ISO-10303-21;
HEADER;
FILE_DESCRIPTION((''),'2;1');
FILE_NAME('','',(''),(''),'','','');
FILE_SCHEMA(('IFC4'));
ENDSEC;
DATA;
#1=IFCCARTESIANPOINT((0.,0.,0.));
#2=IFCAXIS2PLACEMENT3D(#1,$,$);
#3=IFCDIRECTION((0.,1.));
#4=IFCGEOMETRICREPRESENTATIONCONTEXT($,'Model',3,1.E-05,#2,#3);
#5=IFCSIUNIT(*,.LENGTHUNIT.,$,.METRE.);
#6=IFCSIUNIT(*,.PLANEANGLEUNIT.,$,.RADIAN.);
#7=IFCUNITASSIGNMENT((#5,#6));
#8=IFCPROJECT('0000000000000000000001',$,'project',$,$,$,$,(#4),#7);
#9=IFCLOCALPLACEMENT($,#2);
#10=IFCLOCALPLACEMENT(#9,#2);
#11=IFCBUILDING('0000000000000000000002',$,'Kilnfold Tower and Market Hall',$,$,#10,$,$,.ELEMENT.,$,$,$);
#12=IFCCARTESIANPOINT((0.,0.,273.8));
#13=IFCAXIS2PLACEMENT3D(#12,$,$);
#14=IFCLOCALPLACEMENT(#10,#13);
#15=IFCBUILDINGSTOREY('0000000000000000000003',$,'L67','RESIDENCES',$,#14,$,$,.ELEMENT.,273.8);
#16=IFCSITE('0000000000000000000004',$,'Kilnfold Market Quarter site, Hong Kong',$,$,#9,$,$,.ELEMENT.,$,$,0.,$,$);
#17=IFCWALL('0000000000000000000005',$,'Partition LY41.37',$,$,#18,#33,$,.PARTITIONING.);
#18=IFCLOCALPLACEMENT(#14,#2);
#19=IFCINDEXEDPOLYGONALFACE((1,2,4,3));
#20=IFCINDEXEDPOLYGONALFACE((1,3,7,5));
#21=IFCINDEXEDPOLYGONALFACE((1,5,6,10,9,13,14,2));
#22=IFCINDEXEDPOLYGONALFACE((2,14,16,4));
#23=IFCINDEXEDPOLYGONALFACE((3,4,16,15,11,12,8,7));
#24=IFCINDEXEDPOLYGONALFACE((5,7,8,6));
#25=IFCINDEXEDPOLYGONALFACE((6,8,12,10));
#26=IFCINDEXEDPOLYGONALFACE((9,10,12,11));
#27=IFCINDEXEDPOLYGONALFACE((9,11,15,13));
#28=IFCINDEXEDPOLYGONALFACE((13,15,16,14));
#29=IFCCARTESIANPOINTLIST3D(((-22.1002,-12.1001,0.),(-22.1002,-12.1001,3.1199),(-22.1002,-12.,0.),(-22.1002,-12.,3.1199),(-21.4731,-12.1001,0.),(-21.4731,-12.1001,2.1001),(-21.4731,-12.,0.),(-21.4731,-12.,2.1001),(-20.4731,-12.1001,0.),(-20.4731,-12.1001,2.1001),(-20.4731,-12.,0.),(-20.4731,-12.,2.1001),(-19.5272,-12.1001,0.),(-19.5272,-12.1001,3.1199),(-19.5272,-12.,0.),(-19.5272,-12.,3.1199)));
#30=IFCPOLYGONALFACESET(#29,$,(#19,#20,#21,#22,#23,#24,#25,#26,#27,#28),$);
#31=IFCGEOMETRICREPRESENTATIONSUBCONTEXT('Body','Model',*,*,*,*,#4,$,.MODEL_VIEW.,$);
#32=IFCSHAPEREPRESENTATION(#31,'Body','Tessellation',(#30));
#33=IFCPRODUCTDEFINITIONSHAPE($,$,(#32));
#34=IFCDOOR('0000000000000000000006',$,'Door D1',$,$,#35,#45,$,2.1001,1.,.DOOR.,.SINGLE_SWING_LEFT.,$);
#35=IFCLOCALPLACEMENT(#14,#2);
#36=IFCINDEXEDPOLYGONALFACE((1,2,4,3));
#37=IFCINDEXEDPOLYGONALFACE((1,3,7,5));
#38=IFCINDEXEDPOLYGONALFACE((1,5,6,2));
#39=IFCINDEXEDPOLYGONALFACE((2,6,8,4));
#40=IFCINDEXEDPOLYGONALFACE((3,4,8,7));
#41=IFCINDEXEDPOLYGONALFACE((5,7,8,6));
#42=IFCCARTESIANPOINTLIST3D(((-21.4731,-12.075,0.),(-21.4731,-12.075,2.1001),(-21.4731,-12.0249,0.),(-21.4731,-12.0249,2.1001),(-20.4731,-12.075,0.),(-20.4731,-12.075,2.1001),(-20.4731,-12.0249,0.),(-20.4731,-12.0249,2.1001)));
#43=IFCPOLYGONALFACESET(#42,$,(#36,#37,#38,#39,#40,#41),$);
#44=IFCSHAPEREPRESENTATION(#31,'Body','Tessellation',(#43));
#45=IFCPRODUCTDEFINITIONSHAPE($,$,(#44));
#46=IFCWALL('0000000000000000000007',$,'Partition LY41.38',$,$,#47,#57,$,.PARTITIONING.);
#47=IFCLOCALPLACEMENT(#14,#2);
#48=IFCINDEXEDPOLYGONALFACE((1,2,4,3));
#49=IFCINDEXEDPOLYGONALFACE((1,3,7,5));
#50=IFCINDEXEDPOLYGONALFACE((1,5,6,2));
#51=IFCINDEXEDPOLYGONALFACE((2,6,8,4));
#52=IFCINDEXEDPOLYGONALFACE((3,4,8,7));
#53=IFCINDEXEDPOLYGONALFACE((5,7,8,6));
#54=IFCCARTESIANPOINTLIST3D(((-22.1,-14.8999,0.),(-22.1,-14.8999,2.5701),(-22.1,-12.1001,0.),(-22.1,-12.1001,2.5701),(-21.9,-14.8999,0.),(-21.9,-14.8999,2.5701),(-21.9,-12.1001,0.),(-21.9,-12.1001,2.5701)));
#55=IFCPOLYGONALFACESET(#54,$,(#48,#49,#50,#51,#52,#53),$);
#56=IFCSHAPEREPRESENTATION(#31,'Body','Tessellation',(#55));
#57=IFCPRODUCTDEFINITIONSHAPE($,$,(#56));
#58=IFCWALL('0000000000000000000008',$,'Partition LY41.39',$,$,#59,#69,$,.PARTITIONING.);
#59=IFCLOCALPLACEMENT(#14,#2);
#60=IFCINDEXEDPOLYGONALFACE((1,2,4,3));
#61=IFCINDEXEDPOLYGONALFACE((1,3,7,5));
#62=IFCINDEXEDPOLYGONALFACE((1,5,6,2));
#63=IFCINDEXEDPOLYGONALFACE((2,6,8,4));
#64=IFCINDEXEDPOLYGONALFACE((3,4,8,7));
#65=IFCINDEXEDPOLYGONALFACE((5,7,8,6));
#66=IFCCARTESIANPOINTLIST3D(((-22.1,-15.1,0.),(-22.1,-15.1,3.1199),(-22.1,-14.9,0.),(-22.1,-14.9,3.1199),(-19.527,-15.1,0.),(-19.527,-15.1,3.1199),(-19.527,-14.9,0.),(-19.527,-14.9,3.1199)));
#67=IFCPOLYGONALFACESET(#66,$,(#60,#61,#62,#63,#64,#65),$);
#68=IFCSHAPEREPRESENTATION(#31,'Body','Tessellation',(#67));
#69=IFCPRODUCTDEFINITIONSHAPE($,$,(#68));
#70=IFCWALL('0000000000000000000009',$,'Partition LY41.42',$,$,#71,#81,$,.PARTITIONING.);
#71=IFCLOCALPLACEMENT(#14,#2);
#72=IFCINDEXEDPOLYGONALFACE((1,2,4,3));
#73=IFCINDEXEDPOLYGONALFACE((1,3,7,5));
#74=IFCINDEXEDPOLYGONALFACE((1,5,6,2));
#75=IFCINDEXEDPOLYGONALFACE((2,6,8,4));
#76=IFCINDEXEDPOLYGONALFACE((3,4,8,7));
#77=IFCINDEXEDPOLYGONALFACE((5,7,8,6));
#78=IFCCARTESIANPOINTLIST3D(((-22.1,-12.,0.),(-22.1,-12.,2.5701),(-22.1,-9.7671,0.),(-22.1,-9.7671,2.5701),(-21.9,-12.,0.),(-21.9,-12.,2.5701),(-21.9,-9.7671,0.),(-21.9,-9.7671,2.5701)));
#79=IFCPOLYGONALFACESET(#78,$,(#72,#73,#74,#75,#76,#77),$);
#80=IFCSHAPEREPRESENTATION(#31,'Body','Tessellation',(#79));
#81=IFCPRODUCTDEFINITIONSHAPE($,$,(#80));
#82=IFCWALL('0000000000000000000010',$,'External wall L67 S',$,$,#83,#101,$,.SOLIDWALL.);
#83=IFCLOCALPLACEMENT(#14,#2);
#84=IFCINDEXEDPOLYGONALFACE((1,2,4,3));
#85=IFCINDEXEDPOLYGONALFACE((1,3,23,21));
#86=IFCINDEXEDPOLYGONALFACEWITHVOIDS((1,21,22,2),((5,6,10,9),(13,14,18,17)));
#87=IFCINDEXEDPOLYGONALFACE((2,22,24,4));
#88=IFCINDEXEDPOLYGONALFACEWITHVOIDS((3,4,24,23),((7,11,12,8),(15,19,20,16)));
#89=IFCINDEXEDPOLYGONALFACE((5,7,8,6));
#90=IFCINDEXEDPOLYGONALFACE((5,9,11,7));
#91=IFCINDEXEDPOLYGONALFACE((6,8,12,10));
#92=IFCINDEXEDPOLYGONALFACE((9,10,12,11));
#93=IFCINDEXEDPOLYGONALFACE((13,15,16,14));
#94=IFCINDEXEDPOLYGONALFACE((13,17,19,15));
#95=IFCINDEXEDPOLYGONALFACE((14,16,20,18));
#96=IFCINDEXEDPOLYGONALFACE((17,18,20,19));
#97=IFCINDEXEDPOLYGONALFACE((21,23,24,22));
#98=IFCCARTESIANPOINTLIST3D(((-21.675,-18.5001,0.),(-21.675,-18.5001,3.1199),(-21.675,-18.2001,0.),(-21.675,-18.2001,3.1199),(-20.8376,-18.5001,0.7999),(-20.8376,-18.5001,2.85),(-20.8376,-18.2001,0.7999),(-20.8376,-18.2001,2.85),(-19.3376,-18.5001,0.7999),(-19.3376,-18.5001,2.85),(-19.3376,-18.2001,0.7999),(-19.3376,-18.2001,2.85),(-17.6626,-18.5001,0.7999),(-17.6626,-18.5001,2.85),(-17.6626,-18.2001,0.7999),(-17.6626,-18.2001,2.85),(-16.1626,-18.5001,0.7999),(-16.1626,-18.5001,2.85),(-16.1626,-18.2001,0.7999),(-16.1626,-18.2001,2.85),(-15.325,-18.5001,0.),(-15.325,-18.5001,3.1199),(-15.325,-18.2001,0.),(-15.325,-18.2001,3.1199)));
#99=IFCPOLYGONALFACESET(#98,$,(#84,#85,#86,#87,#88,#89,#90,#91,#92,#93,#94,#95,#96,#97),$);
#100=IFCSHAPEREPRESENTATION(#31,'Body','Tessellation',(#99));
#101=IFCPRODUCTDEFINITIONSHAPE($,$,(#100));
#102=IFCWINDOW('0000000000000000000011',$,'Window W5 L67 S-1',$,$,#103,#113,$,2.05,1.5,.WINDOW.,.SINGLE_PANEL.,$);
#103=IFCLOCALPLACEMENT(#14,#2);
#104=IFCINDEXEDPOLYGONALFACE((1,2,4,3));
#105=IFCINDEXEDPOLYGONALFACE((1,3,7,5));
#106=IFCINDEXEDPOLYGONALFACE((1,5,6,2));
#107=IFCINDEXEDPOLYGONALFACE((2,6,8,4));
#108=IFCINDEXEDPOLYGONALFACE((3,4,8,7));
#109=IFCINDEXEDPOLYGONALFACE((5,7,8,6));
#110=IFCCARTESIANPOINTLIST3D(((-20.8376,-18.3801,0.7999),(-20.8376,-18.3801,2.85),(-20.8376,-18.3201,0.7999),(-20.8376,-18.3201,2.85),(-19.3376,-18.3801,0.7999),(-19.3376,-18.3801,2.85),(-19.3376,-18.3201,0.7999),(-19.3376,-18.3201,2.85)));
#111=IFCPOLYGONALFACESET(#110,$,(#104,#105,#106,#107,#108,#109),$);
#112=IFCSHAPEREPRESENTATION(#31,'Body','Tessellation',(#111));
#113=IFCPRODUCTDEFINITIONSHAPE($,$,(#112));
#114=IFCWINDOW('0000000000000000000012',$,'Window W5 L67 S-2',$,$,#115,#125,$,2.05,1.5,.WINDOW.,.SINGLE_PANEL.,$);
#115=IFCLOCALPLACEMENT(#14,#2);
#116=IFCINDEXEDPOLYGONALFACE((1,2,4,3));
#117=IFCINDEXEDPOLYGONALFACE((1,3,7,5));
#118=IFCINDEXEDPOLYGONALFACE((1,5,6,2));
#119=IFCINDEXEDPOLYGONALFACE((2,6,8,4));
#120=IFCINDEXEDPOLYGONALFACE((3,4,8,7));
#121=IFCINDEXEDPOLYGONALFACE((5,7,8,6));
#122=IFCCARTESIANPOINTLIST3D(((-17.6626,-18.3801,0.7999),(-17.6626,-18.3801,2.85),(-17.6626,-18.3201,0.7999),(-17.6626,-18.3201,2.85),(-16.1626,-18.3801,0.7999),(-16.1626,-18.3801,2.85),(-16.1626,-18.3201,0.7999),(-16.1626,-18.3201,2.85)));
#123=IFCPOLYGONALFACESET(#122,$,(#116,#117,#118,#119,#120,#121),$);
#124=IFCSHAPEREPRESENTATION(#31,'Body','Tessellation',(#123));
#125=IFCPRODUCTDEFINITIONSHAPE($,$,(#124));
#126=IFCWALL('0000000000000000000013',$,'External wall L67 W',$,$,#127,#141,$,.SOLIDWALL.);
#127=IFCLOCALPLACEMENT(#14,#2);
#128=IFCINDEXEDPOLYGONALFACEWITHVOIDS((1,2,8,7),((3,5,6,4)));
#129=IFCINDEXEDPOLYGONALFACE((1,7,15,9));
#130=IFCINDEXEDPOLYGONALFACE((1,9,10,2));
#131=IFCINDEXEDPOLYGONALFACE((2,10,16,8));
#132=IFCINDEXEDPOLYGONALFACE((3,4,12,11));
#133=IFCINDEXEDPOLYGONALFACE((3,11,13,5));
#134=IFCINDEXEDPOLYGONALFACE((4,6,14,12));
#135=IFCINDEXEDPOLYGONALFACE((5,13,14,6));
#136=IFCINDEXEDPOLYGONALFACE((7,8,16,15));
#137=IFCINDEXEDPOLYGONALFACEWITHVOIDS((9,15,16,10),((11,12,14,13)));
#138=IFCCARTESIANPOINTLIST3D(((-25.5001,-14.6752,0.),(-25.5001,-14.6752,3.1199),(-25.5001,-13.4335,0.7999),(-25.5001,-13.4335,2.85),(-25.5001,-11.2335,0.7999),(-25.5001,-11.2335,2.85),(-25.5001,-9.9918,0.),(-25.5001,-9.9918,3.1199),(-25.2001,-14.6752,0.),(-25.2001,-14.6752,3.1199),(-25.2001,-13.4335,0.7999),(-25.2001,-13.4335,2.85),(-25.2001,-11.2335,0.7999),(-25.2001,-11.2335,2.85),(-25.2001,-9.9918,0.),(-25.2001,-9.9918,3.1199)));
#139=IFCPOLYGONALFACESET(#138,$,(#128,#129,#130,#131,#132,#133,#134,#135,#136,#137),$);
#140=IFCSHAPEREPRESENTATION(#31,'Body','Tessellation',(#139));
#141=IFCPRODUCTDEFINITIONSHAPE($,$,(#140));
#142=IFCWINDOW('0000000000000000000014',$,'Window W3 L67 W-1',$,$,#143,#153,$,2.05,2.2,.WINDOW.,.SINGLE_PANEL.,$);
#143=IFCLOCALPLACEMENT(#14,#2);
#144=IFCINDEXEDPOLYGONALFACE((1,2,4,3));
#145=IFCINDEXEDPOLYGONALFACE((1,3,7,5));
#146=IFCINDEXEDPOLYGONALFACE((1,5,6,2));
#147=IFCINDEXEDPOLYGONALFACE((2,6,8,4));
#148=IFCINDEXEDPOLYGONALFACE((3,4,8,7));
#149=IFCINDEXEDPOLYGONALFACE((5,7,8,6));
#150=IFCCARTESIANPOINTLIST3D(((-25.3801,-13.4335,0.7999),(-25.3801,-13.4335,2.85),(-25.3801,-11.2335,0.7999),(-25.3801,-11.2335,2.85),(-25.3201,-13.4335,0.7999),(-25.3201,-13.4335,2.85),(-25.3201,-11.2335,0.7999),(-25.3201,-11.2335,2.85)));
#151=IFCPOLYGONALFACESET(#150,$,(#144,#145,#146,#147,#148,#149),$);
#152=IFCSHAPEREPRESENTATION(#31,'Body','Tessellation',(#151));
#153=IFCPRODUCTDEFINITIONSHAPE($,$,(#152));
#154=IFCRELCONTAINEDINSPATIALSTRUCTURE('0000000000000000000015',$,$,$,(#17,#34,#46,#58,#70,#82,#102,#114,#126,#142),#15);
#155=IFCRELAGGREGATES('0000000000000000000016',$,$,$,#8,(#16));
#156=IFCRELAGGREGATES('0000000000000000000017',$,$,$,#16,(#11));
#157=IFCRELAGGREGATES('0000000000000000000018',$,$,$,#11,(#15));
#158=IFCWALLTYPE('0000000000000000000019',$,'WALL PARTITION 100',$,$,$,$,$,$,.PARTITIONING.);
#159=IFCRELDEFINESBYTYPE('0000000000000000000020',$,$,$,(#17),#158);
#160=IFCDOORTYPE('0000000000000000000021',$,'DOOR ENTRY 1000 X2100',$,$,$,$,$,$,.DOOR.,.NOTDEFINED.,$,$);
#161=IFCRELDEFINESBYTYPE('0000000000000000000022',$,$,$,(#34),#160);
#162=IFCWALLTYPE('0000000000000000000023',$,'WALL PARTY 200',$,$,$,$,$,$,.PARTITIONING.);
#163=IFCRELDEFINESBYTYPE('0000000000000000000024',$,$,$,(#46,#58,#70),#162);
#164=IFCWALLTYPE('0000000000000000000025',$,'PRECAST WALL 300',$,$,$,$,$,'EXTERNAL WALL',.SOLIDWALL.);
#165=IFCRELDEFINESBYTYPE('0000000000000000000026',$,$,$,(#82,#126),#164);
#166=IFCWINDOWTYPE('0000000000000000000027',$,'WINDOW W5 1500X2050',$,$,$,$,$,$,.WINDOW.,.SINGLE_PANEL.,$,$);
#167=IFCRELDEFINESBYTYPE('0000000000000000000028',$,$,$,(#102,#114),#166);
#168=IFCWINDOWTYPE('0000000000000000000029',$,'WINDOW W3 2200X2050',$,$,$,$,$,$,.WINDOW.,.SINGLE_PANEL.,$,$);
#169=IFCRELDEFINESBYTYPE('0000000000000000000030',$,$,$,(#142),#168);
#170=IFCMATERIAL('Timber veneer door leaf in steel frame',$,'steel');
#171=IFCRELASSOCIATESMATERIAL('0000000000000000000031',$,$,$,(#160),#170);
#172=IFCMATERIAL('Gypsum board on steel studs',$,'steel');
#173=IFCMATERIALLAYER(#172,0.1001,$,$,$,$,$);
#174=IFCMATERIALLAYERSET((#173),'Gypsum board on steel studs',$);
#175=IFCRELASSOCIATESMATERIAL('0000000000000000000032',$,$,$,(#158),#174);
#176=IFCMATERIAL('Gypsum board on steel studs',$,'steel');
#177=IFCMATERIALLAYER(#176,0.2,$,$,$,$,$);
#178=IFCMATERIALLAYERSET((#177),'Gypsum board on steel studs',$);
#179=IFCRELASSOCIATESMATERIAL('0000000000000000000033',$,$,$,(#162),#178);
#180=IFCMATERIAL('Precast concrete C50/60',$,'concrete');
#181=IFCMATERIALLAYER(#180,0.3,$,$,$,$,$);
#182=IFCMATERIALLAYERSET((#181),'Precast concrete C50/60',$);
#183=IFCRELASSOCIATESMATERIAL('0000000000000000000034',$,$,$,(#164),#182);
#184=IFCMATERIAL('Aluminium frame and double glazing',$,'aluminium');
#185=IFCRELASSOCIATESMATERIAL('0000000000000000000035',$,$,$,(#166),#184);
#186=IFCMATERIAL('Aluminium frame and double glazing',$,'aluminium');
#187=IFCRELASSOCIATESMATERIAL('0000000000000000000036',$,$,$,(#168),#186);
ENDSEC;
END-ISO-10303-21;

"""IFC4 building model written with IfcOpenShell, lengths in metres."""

from ifc_helpers import new_model, si_unit, direction, frame, frame_2d, origin, place, context, subcontext, project, spatial, rectangle, extrude, source, transform, mapped, material, layer, layer_set, type_object, element, fill, save


model = new_model("IFC4")

# Units and contexts
model_context = context("Model", 3, precision=1e-05, world=origin(), true_north=direction((0.0, 1.0)))
body_context = subcontext(model_context, "Body", "Model", "MODEL_VIEW")
ifc_project = project(units=[si_unit("LENGTHUNIT", "METRE"), si_unit("PLANEANGLEUNIT", "RADIAN")], contexts=[model_context])

# Site, building, storey
site_placement = place(None, origin())
site = spatial("IfcSite", under=ifc_project, at=site_placement, Name="Kilnfold Market Quarter site, Hong Kong", CompositionType="ELEMENT", RefElevation=0.0)
building_placement = place(site_placement, origin())
building = spatial("IfcBuilding", under=site, at=building_placement, Name="Kilnfold Tower and Market Hall", CompositionType="ELEMENT")
storey_placement = place(building_placement, frame((0.0, 0.0, 273.8)))
storey = spatial("IfcBuildingStorey", under=building, at=storey_placement, Name="L67", Description="RESIDENCES", CompositionType="ELEMENT", Elevation=273.8)

# Shared definitions
ifc_material_1 = material(Name="Timber veneer door leaf in steel frame", Category="steel")
door_type_1 = type_object("IfcDoorType", Name="DOOR ENTRY 1000 X2100", OperationType="NOTDEFINED", PredefinedType="DOOR", material=ifc_material_1)

# Wall, opening, door
ifc_material_2 = material(Name="Gypsum board on steel studs", Category="steel")
ifc_layer_1 = layer(ifc_material_2, 0.1001)
ifc_layer_set_1 = layer_set([ifc_layer_1], Name="Gypsum board on steel studs")
wall_type_1 = type_object("IfcWallType", Name="WALL PARTITION 100", PredefinedType="PARTITIONING", material=ifc_layer_set_1)
wall_1_placement = place(storey_placement, frame((-19.5271, -12.05, 0.0), z_axis=(0.0, 0.0, 1.0), x_axis=(-1.0, 0.0, 0.0)))
wall_1 = element("IfcWall", 1, at=wall_1_placement, inside=storey, type_object=wall_type_1, Name="Partition LY41.37", PredefinedType="PARTITIONING", context=body_context, shape_type="SweptSolid", body=[
    extrude(rectangle(XDim=2.573, YDim=0.1001, at=frame_2d((1.2866, 0.0))), origin(), (0.0, 0.0, 1.0), 3.1199),
])
opening_1_placement = place(wall_1_placement, frame((0.946, 0.0, 0.0)))
opening_1 = element("IfcOpeningElement", 2, at=opening_1_placement, cuts=wall_1, PredefinedType="OPENING", context=body_context, shape_type="SweptSolid", body=[
    extrude(rectangle(XDim=1.0, YDim=2.1001, at=frame_2d((0.5, 1.05))), frame((0.0, 0.0601, 0.0), z_axis=(0.0, -1.0, 0.0), x_axis=(1.0, 0.0, 0.0)), (0.0, 0.0, 1.0), 0.1201),
])
door_1_placement = place(opening_1_placement, origin())
door_1 = element("IfcDoor", 3, at=door_1_placement, inside=storey, type_object=door_type_1, Name="Door D1", OperationType="SINGLE_SWING_LEFT", OverallHeight=2.1001, OverallWidth=1.0, PredefinedType="DOOR", context=body_context, shape_type="SweptSolid", body=[
    extrude(rectangle(XDim=1.0, YDim=2.1001, at=frame_2d((0.5, 1.05))), frame((0.0, 0.0249, 0.0), z_axis=(0.0, -1.0, 0.0), x_axis=(1.0, 0.0, 0.0)), (0.0, 0.0, 1.0), 0.05),
])
fill(opening_1, door_1)

# Walls
ifc_material_3 = material(Name="Gypsum board on steel studs", Category="steel")
ifc_layer_2 = layer(ifc_material_3, 0.2)
ifc_layer_set_2 = layer_set([ifc_layer_2], Name="Gypsum board on steel studs")
wall_type_2 = type_object("IfcWallType", Name="WALL PARTY 200", PredefinedType="PARTITIONING", material=ifc_layer_set_2)
wall_2_placement = place(storey_placement, frame((-22.0, -14.8999, 0.0), z_axis=(0.0, 0.0, 1.0), x_axis=(0.0, 1.0, 0.0)))
element("IfcWall", 4, at=wall_2_placement, inside=storey, type_object=wall_type_2, Name="Partition LY41.38", PredefinedType="PARTITIONING", context=body_context, shape_type="SweptSolid", body=[
    extrude(rectangle(XDim=2.7998, YDim=0.2, at=frame_2d((1.3999, 0.0))), origin(), (0.0, 0.0, 1.0), 2.5701),
])
wall_3_placement = place(storey_placement, frame((-22.1001, -15.0, 0.0), z_axis=(0.0, 0.0, 1.0), x_axis=(1.0, 0.0, 0.0)))
element("IfcWall", 5, at=wall_3_placement, inside=storey, type_object=wall_type_2, Name="Partition LY41.39", PredefinedType="PARTITIONING", context=body_context, shape_type="SweptSolid", body=[
    extrude(rectangle(XDim=2.573, YDim=0.2, at=frame_2d((1.2866, 0.0))), origin(), (0.0, 0.0, 1.0), 3.1199),
])
wall_4_placement = place(storey_placement, frame((-22.0, -12.0, 0.0), z_axis=(0.0, 0.0, 1.0), x_axis=(0.0, 1.0, 0.0)))
element("IfcWall", 6, at=wall_4_placement, inside=storey, type_object=wall_type_2, Name="Partition LY41.42", PredefinedType="PARTITIONING", context=body_context, shape_type="SweptSolid", body=[
    extrude(rectangle(XDim=2.2329, YDim=0.2, at=frame_2d((1.1165, 0.0))), origin(), (0.0, 0.0, 1.0), 2.5701),
])

# Wall, openings, windows
ifc_material_4 = material(Name="Precast concrete C50/60", Category="concrete")
ifc_layer_3 = layer(ifc_material_4, 0.3)
ifc_layer_set_3 = layer_set([ifc_layer_3], Name="Precast concrete C50/60")
wall_type_3 = type_object("IfcWallType", Name="PRECAST WALL 300", ElementType="EXTERNAL WALL", PredefinedType="SOLIDWALL", material=ifc_layer_set_3)
shared_shape_1 = source(origin(), body_context, "Body", "SweptSolid", [
    extrude(rectangle(XDim=6.3501, YDim=0.3, at=frame_2d((3.175, 0.0))), origin(), (0.0, 0.0, 1.0), 3.1199),
])
wall_5_placement = place(storey_placement, frame((-21.675, -18.3501, 0.0), z_axis=(0.0, 0.0, 1.0), x_axis=(1.0, 0.0, 0.0)))
wall_5 = element("IfcWall", 7, at=wall_5_placement, inside=storey, type_object=wall_type_3, Name="External wall L67 S", PredefinedType="SOLIDWALL", context=body_context, shape_type="MappedRepresentation", body=[
    mapped(shared_shape_1, transform((0.0, 0.0, 0.0))),
])
opening_2_placement = place(wall_5_placement, frame((0.8374, 0.0, 0.8)))
opening_2 = element("IfcOpeningElement", 8, at=opening_2_placement, cuts=wall_5, PredefinedType="OPENING", context=body_context, shape_type="SweptSolid", body=[
    extrude(rectangle(XDim=1.5, YDim=2.05, at=frame_2d((0.75, 1.0249))), frame((0.0, 0.1602, 0.0), z_axis=(0.0, -1.0, 0.0), x_axis=(1.0, 0.0, 0.0)), (0.0, 0.0, 1.0), 0.3201),
])
opening_3_placement = place(wall_5_placement, frame((4.0125, 0.0, 0.8)))
opening_3 = element("IfcOpeningElement", 9, at=opening_3_placement, cuts=wall_5, PredefinedType="OPENING", context=body_context, shape_type="SweptSolid", body=[
    extrude(rectangle(XDim=1.5, YDim=2.05, at=frame_2d((0.75, 1.0249))), frame((0.0, 0.1602, 0.0), z_axis=(0.0, -1.0, 0.0), x_axis=(1.0, 0.0, 0.0)), (0.0, 0.0, 1.0), 0.3201),
])
ifc_material_5 = material(Name="Aluminium frame and double glazing", Category="aluminium")
window_type_1 = type_object("IfcWindowType", Name="WINDOW W5 1500X2050", PartitioningType="SINGLE_PANEL", PredefinedType="WINDOW", material=ifc_material_5)
window_1_placement = place(opening_2_placement, origin())
window_1 = element("IfcWindow", 10, at=window_1_placement, inside=storey, type_object=window_type_1, Name="Window W5 L67 S-1", OverallHeight=2.05, OverallWidth=1.5, PartitioningType="SINGLE_PANEL", PredefinedType="WINDOW", context=body_context, shape_type="SweptSolid", body=[
    extrude(rectangle(XDim=1.5, YDim=2.05, at=frame_2d((0.75, 1.0249))), frame((0.0, 0.03, 0.0), z_axis=(0.0, -1.0, 0.0), x_axis=(1.0, 0.0, 0.0)), (0.0, 0.0, 1.0), 0.0601),
])
fill(opening_2, window_1)
window_2_placement = place(opening_3_placement, origin())
window_2 = element("IfcWindow", 11, at=window_2_placement, inside=storey, type_object=window_type_1, Name="Window W5 L67 S-2", OverallHeight=2.05, OverallWidth=1.5, PartitioningType="SINGLE_PANEL", PredefinedType="WINDOW", context=body_context, shape_type="SweptSolid", body=[
    extrude(rectangle(XDim=1.5, YDim=2.05, at=frame_2d((0.75, 1.0249))), frame((0.0, 0.03, 0.0), z_axis=(0.0, -1.0, 0.0), x_axis=(1.0, 0.0, 0.0)), (0.0, 0.0, 1.0), 0.0601),
])
fill(opening_3, window_2)

# Wall, opening, window
shared_shape_2 = source(origin(), body_context, "Body", "SweptSolid", [
    extrude(rectangle(XDim=4.6833, YDim=0.3, at=frame_2d((2.3418, 0.0))), origin(), (0.0, 0.0, 1.0), 3.1199),
])
wall_6_placement = place(storey_placement, frame((-25.3501, -9.9917, 0.0), z_axis=(0.0, 0.0, 1.0), x_axis=(0.0, -1.0, 0.0)))
wall_6 = element("IfcWall", 12, at=wall_6_placement, inside=storey, type_object=wall_type_3, Name="External wall L67 W", PredefinedType="SOLIDWALL", context=body_context, shape_type="MappedRepresentation", body=[
    mapped(shared_shape_2, transform((0.0, 0.0, 0.0))),
])
opening_4_placement = place(wall_6_placement, frame((1.2417, 0.0, 0.8)))
opening_4 = element("IfcOpeningElement", 13, at=opening_4_placement, cuts=wall_6, PredefinedType="OPENING", context=body_context, shape_type="SweptSolid", body=[
    extrude(rectangle(XDim=2.2, YDim=2.05, at=frame_2d((1.1001, 1.0249))), frame((0.0, 0.1602, 0.0), z_axis=(0.0, -1.0, 0.0), x_axis=(1.0, 0.0, 0.0)), (0.0, 0.0, 1.0), 0.3201),
])
ifc_material_6 = material(Name="Aluminium frame and double glazing", Category="aluminium")
window_type_2 = type_object("IfcWindowType", Name="WINDOW W3 2200X2050", PartitioningType="SINGLE_PANEL", PredefinedType="WINDOW", material=ifc_material_6)
window_3_placement = place(opening_4_placement, origin())
window_3 = element("IfcWindow", 14, at=window_3_placement, inside=storey, type_object=window_type_2, Name="Window W3 L67 W-1", OverallHeight=2.05, OverallWidth=2.2, PartitioningType="SINGLE_PANEL", PredefinedType="WINDOW", context=body_context, shape_type="SweptSolid", body=[
    extrude(rectangle(XDim=2.2, YDim=2.05, at=frame_2d((1.1001, 1.0249))), frame((0.0, 0.03, 0.0), z_axis=(0.0, -1.0, 0.0), x_axis=(1.0, 0.0, 0.0)), (0.0, 0.0, 1.0), 0.0601),
])
fill(opening_4, window_3)

save(model, "model.ifc")
